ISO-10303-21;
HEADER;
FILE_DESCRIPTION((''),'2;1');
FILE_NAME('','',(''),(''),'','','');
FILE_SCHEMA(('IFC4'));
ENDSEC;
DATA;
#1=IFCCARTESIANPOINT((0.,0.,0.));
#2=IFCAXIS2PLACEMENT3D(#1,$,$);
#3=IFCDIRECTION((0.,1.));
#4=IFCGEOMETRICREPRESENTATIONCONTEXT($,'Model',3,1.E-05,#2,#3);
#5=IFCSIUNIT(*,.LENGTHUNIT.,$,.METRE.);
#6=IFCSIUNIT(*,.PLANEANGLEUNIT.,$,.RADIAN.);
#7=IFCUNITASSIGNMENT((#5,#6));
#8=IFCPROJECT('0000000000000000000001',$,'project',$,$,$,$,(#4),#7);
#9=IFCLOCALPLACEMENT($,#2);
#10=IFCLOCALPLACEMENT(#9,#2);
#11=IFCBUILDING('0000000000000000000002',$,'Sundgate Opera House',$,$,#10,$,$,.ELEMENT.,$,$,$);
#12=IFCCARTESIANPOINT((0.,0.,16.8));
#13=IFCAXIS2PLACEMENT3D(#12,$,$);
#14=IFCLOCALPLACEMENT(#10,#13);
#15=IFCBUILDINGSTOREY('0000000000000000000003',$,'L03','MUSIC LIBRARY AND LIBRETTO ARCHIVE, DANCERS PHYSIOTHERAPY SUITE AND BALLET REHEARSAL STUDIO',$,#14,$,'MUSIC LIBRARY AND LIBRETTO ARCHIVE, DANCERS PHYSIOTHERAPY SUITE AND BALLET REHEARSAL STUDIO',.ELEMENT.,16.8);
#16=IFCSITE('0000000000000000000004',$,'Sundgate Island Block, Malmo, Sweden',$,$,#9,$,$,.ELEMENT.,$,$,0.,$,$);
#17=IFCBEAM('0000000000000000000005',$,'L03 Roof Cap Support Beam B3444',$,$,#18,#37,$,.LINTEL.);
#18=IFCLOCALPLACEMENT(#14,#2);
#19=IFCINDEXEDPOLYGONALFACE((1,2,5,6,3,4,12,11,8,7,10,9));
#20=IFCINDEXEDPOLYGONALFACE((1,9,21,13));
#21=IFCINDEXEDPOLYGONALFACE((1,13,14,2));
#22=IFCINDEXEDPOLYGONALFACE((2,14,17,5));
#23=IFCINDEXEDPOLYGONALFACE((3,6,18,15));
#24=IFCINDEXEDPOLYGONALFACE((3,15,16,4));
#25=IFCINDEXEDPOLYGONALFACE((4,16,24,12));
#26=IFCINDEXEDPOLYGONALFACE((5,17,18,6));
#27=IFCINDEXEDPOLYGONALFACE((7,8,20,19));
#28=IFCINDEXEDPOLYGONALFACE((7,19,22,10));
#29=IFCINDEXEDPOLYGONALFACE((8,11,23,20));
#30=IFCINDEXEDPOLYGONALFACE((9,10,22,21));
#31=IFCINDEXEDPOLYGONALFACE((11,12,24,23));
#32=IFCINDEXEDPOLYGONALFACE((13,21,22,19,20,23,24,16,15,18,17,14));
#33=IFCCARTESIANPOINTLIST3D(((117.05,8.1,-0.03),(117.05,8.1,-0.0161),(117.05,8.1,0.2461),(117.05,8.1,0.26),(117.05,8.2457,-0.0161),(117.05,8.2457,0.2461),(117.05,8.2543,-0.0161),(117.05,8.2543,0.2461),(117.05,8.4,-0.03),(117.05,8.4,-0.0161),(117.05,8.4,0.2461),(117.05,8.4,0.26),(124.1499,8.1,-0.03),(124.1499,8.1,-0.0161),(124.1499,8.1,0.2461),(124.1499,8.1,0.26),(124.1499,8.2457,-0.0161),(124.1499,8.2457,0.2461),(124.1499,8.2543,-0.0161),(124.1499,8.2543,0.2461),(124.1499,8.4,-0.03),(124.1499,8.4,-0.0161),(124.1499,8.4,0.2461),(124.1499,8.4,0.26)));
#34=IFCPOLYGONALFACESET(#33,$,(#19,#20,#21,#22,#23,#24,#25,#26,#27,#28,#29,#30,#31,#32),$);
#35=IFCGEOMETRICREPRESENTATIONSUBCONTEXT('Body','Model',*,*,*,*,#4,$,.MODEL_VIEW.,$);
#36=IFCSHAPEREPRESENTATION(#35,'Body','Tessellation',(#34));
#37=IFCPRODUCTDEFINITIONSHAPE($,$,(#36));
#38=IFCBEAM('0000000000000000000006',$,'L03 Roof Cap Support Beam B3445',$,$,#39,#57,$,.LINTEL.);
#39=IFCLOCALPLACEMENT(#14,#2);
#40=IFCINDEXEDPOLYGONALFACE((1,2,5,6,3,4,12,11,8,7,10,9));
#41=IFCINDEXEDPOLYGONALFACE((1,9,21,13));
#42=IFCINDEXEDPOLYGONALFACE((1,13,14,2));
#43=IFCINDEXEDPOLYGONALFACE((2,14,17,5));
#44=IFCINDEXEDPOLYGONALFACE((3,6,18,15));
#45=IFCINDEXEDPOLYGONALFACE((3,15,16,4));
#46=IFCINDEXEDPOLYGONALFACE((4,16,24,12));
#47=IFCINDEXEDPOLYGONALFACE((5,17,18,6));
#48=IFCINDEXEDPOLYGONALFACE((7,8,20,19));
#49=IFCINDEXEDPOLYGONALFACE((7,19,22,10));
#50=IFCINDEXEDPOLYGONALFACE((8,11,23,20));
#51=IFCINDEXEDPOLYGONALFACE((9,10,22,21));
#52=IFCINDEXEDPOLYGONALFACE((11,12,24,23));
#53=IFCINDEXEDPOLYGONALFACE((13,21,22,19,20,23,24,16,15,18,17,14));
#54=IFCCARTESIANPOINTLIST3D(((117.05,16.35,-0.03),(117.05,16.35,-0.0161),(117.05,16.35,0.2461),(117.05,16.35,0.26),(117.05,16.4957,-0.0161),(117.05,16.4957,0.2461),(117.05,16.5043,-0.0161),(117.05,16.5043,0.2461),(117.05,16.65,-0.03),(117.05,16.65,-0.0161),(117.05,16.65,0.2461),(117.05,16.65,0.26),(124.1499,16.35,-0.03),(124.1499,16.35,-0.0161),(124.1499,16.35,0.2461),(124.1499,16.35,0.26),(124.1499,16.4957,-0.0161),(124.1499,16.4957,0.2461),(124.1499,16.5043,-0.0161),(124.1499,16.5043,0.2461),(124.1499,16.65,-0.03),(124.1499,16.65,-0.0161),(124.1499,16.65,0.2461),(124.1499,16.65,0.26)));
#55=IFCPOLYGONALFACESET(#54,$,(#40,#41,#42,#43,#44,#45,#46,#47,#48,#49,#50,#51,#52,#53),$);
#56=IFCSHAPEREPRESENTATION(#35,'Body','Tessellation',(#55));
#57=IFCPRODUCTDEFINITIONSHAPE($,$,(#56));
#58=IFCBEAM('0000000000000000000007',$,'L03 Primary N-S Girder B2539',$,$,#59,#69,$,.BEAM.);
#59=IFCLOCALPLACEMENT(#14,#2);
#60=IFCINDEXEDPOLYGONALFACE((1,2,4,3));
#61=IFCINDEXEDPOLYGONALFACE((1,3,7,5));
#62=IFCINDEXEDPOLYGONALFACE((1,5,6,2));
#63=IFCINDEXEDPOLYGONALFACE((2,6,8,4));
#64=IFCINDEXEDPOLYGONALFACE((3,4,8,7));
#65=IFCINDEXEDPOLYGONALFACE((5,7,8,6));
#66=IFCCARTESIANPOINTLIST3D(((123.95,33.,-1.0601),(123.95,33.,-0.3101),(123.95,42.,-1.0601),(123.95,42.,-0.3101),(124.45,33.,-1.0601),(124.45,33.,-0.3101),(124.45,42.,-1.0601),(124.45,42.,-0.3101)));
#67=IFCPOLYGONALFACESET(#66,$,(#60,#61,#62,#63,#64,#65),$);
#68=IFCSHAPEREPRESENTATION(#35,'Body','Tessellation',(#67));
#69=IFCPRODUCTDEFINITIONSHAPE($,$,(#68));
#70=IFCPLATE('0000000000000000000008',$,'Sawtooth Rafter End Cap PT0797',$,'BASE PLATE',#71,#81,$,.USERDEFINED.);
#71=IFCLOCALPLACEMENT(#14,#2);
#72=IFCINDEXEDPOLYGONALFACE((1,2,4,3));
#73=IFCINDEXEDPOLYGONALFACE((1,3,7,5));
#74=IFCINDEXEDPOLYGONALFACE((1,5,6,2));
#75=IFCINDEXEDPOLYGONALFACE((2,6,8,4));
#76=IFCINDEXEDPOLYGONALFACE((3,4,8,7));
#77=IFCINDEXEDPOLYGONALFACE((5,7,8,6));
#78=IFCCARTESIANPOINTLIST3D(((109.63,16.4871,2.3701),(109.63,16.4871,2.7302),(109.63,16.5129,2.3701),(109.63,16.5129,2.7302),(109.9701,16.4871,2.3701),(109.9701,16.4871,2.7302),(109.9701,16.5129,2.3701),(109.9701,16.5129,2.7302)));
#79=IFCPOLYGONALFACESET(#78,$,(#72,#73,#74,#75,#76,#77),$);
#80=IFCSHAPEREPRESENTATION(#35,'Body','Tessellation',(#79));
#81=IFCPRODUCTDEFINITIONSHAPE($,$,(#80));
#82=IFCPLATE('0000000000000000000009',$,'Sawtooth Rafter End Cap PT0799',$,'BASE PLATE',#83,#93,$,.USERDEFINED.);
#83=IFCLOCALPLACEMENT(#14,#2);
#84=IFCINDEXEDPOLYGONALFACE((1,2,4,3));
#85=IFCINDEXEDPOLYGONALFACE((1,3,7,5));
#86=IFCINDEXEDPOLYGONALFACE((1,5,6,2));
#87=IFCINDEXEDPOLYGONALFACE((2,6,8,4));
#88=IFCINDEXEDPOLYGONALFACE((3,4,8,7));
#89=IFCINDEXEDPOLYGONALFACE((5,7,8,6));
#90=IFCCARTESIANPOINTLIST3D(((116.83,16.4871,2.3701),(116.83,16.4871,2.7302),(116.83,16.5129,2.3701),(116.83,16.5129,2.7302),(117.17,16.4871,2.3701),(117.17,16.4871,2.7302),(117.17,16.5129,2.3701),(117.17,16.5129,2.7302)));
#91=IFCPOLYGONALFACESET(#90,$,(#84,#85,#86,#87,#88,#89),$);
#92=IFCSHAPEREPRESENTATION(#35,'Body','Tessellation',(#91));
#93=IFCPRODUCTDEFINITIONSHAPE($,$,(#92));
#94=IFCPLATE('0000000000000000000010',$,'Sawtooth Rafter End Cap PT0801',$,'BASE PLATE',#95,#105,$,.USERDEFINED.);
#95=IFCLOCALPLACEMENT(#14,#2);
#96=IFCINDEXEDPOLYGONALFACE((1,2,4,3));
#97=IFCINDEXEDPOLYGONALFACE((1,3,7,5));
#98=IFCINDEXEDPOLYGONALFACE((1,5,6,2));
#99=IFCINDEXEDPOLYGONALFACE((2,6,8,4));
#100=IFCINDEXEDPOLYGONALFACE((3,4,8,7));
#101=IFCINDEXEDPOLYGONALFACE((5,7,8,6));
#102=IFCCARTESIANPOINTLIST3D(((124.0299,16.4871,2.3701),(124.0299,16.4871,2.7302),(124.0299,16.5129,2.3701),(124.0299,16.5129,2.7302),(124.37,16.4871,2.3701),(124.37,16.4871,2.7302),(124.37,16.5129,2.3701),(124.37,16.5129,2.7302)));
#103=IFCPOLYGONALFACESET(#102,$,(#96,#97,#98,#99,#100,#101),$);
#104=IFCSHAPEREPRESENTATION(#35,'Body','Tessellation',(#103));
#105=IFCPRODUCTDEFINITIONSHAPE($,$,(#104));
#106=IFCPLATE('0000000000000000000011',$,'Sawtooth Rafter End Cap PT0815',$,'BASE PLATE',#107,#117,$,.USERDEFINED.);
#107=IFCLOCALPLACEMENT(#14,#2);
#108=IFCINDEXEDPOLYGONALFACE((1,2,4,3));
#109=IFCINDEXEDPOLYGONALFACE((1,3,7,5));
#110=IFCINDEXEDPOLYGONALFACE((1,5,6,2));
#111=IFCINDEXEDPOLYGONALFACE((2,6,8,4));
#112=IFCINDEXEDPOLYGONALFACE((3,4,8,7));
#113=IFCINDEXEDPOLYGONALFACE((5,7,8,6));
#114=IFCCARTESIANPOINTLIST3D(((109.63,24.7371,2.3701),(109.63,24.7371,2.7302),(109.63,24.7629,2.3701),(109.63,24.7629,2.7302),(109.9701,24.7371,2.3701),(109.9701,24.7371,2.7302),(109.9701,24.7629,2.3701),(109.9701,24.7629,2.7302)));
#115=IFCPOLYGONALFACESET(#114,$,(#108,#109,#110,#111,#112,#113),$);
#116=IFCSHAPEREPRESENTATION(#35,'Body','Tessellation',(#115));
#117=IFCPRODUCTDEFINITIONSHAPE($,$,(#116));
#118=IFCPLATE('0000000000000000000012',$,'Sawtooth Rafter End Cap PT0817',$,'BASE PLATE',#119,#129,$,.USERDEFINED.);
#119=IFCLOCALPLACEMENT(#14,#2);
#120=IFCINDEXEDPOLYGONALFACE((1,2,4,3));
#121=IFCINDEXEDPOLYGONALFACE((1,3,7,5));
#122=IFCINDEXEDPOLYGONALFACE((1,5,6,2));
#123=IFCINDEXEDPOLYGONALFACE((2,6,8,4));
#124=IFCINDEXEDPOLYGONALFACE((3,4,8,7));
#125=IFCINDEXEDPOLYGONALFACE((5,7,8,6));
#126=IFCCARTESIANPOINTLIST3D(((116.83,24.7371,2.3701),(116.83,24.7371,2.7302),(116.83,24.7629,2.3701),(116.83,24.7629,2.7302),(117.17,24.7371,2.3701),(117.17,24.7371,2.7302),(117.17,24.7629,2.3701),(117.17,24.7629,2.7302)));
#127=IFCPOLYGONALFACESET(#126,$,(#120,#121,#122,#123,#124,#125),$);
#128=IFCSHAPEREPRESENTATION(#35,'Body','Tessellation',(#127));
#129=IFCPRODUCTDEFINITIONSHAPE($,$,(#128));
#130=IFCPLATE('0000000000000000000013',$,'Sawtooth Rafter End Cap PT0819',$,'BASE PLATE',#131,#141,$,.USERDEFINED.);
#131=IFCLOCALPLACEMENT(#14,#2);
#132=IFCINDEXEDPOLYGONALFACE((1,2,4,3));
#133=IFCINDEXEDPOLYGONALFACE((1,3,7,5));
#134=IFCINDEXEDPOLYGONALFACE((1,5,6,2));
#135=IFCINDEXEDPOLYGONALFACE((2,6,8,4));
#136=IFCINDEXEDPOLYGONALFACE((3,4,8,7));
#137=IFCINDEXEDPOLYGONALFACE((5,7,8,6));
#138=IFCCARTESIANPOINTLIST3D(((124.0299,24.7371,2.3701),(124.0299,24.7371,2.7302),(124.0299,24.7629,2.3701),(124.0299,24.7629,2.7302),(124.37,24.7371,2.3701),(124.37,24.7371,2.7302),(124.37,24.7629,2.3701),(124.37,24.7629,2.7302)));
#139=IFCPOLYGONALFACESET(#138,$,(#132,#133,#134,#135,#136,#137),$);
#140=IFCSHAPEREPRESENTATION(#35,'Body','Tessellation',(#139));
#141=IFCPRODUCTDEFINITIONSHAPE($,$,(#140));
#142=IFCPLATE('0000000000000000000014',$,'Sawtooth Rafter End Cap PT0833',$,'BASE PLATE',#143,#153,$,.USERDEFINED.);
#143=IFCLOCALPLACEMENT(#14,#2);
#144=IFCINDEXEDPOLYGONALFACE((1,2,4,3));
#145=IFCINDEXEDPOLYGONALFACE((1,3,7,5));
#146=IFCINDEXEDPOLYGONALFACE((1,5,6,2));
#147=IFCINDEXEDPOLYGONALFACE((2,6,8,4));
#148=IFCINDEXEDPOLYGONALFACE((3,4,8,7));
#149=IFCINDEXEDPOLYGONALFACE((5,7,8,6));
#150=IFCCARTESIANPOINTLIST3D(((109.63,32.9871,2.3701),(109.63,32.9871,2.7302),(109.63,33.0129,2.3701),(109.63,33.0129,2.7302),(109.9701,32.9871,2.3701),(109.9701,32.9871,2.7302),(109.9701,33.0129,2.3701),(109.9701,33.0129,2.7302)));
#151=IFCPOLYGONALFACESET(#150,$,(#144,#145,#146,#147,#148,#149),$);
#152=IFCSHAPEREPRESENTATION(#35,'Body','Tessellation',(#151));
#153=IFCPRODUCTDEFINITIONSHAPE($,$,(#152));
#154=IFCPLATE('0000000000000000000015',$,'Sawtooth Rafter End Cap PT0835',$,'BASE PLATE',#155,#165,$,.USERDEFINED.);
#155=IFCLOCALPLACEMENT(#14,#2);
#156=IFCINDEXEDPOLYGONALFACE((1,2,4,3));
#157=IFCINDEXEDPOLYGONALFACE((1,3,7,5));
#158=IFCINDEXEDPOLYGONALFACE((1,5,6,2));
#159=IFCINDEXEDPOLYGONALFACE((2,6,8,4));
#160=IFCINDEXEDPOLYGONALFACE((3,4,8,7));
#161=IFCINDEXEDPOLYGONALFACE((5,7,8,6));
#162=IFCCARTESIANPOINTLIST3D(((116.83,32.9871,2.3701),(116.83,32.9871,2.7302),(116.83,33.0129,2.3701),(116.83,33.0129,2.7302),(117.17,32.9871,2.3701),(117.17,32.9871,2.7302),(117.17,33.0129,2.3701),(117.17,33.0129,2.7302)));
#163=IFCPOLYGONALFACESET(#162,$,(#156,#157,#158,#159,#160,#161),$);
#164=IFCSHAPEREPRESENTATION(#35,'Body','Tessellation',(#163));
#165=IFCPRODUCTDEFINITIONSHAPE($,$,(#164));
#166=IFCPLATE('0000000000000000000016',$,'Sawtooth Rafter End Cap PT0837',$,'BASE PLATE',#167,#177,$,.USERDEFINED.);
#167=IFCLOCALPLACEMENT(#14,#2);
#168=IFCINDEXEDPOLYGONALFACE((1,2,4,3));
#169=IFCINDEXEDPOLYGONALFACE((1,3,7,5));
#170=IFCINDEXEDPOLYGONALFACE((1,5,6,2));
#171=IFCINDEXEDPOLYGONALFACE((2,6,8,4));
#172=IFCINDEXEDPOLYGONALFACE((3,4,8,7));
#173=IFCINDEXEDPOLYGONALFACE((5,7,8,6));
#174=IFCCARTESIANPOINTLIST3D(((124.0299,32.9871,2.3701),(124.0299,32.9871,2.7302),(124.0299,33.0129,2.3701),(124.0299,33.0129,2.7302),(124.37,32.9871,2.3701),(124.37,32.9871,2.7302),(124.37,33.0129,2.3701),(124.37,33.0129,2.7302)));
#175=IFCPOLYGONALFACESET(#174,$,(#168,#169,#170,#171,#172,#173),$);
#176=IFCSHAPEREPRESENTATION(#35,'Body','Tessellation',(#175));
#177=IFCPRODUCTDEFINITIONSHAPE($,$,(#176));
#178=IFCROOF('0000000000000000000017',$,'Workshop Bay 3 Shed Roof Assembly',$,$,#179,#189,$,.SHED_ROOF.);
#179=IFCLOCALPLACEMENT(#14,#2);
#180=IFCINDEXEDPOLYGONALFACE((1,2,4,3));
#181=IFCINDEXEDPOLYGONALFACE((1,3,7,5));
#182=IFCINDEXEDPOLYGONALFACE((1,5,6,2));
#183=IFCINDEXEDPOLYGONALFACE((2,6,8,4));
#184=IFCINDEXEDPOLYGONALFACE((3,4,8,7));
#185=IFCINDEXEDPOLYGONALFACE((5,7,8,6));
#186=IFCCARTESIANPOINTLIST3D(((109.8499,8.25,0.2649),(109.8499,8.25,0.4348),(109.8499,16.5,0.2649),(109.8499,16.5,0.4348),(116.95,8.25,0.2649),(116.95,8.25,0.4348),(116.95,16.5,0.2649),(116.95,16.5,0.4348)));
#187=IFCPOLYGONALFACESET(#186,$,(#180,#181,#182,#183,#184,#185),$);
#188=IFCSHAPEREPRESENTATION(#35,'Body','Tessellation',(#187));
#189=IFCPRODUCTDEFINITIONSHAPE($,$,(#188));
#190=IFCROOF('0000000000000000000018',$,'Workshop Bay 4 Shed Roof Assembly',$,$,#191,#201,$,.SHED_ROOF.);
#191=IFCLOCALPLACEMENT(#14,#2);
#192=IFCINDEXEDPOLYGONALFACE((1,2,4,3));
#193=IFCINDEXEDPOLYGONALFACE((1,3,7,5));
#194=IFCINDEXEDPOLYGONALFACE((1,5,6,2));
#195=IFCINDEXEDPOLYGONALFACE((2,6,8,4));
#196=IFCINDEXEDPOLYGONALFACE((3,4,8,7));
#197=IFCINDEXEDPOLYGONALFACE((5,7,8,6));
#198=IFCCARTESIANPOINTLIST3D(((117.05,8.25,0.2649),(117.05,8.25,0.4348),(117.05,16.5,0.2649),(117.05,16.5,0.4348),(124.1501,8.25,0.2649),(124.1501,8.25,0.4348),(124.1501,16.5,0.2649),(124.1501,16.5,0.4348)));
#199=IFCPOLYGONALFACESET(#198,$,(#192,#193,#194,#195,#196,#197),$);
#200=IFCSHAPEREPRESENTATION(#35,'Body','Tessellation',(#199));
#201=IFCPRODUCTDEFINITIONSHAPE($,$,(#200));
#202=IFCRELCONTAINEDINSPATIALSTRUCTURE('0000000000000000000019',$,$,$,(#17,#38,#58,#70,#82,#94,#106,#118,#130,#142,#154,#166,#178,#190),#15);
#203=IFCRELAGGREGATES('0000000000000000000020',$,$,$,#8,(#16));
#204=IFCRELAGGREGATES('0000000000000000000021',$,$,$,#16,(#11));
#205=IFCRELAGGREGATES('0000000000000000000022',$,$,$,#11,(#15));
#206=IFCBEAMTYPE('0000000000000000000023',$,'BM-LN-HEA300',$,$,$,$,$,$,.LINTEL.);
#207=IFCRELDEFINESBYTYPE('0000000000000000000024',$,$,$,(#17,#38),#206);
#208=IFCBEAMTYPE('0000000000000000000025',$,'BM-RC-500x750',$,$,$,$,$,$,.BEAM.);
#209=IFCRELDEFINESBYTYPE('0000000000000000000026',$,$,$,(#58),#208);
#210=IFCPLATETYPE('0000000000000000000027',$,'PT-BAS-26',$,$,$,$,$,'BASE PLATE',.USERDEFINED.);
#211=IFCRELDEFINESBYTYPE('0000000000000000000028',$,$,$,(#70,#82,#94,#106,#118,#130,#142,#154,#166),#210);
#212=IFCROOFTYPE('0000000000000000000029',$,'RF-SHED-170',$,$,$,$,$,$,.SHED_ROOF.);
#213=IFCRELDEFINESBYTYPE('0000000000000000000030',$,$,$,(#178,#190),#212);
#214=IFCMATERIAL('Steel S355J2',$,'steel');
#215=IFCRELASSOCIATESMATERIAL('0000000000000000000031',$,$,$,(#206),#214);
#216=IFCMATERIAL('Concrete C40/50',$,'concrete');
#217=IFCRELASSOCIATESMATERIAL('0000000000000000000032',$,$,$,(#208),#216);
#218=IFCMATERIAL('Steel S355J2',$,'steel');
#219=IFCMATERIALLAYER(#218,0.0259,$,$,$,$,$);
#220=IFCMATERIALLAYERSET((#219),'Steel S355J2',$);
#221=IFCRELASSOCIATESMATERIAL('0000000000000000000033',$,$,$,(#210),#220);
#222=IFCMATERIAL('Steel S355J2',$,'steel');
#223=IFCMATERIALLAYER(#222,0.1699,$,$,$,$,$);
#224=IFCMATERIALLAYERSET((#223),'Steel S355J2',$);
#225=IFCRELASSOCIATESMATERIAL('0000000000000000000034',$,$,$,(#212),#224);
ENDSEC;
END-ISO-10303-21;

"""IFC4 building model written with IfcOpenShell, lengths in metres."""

from ifc_helpers import new_model, si_unit, direction, frame, origin, origin_2d, place, context, subcontext, project, spatial, rectangle, i_section, extrude, material, layer, layer_set, material_profile, profile_set, type_object, element, save


model = new_model("IFC4")

# Units and contexts
model_context = context("Model", 3, precision=1e-05, world=origin(), true_north=direction((0.0, 1.0)))
body_context = subcontext(model_context, "Body", "Model", "MODEL_VIEW")
ifc_project = project(units=[si_unit("LENGTHUNIT", "METRE"), si_unit("PLANEANGLEUNIT", "RADIAN")], contexts=[model_context])

# Site, building, storey
site_placement = place(None, origin())
site = spatial("IfcSite", under=ifc_project, at=site_placement, Name="Sundgate Island Block, Malmo, Sweden", CompositionType="ELEMENT", RefElevation=0.0)
building_placement = place(site_placement, origin())
building = spatial("IfcBuilding", under=site, at=building_placement, Name="Sundgate Opera House", CompositionType="ELEMENT")
storey_placement = place(building_placement, frame((0.0, 0.0, 16.8)))
storey = spatial("IfcBuildingStorey", under=building, at=storey_placement, Name="L03", Description="MUSIC LIBRARY AND LIBRETTO ARCHIVE, DANCERS PHYSIOTHERAPY SUITE AND BALLET REHEARSAL STUDIO", LongName="MUSIC LIBRARY AND LIBRETTO ARCHIVE, DANCERS PHYSIOTHERAPY SUITE AND BALLET REHEARSAL STUDIO", CompositionType="ELEMENT", Elevation=16.8)

# Beams
ifc_material_1 = material(Name="Steel S355J2", Category="steel")
ifc_material_profile_1 = material_profile(ifc_material_1, i_section(OverallWidth=0.3, OverallDepth=0.29, WebThickness=0.0085, FlangeThickness=0.0139, at=origin_2d()), Name="HEA 300")
ifc_profile_set_1 = profile_set([ifc_material_profile_1], Name="Steel S355J2")
beam_type_1 = type_object("IfcBeamType", Name="BM-LN-HEA300", PredefinedType="LINTEL", material=ifc_profile_set_1)
for number, where, z_axis, x_axis, name in (
    (1, (117.05, 8.25, 0.115), (1.0, 0.0, 0.0), (0.0, 1.0, 0.0), "L03 Roof Cap Support Beam B3444"),
    (2, (117.05, 16.5, 0.115), (1.0, 0.0, 0.0), (0.0, 1.0, 0.0), "L03 Roof Cap Support Beam B3445"),
):
    element("IfcBeam", number, at=place(storey_placement, frame(where, z_axis=z_axis, x_axis=x_axis)), inside=storey, type_object=beam_type_1, Name=name, PredefinedType="LINTEL", context=body_context, shape_type="SweptSolid", body=[
        extrude(i_section(OverallWidth=0.3, OverallDepth=0.29, WebThickness=0.0085, FlangeThickness=0.0139, at=origin_2d()), origin(), (0.0, 0.0, 1.0), 7.0999),
    ])
ifc_material_2 = material(Name="Concrete C40/50", Category="concrete")
ifc_material_profile_2 = material_profile(ifc_material_2, rectangle(XDim=0.5, YDim=0.75, at=origin_2d()), Name="RC 500x750")
ifc_profile_set_2 = profile_set([ifc_material_profile_2], Name="Concrete C40/50")
beam_type_2 = type_object("IfcBeamType", Name="BM-RC-500x750", PredefinedType="BEAM", material=ifc_profile_set_2)
beam_1_placement = place(storey_placement, frame((124.2, 33.0, -0.6851), z_axis=(0.0, 1.0, 0.0), x_axis=(-1.0, 0.0, 0.0)))
element("IfcBeam", 3, at=beam_1_placement, inside=storey, type_object=beam_type_2, Name="L03 Primary N-S Girder B2539", PredefinedType="BEAM", context=body_context, shape_type="SweptSolid", body=[
    extrude(rectangle(XDim=0.5, YDim=0.75, at=origin_2d()), origin(), (0.0, 0.0, 1.0), 9.0),
])

# Plates
ifc_material_3 = material(Name="Steel S355J2", Category="steel")
ifc_layer_1 = layer(ifc_material_3, 0.0259)
ifc_layer_set_1 = layer_set([ifc_layer_1], Name="Steel S355J2")
plate_type = type_object("IfcPlateType", Name="PT-BAS-26", ElementType="BASE PLATE", PredefinedType="USERDEFINED", material=ifc_layer_set_1)
for number, where, z_axis, x_axis, name in (
    (4, (109.8, 16.5, 2.3701), (0.0, 0.0, 1.0), (1.0, 0.0, 0.0), "Sawtooth Rafter End Cap PT0797"),
    (5, (117.0, 16.5, 2.3701), (0.0, 0.0, 1.0), (1.0, 0.0, 0.0), "Sawtooth Rafter End Cap PT0799"),
    (6, (124.2, 16.5, 2.3701), (0.0, 0.0, 1.0), (1.0, 0.0, 0.0), "Sawtooth Rafter End Cap PT0801"),
    (7, (109.8, 24.75, 2.3701), (0.0, 0.0, 1.0), (1.0, 0.0, 0.0), "Sawtooth Rafter End Cap PT0815"),
    (8, (117.0, 24.75, 2.3701), (0.0, 0.0, 1.0), (1.0, 0.0, 0.0), "Sawtooth Rafter End Cap PT0817"),
    (9, (124.2, 24.75, 2.3701), (0.0, 0.0, 1.0), (1.0, 0.0, 0.0), "Sawtooth Rafter End Cap PT0819"),
    (10, (109.8, 33.0, 2.3701), (0.0, 0.0, 1.0), (1.0, 0.0, 0.0), "Sawtooth Rafter End Cap PT0833"),
    (11, (117.0, 33.0, 2.3701), (0.0, 0.0, 1.0), (1.0, 0.0, 0.0), "Sawtooth Rafter End Cap PT0835"),
    (12, (124.2, 33.0, 2.3701), (0.0, 0.0, 1.0), (1.0, 0.0, 0.0), "Sawtooth Rafter End Cap PT0837"),
):
    element("IfcPlate", number, at=place(storey_placement, frame(where, z_axis=z_axis, x_axis=x_axis)), inside=storey, type_object=plate_type, Name=name, ObjectType="BASE PLATE", PredefinedType="USERDEFINED", context=body_context, shape_type="SweptSolid", body=[
        extrude(rectangle(XDim=0.3401, YDim=0.0259, at=origin_2d()), origin(), (0.0, 0.0, 1.0), 0.3601),
    ])

# Roofs
ifc_material_4 = material(Name="Steel S355J2", Category="steel")
ifc_layer_2 = layer(ifc_material_4, 0.1699)
ifc_layer_set_2 = layer_set([ifc_layer_2], Name="Steel S355J2")
roof_type = type_object("IfcRoofType", Name="RF-SHED-170", PredefinedType="SHED_ROOF", material=ifc_layer_set_2)
for number, where, z_axis, x_axis, name in (
    (13, (113.3999, 12.375, 0.2649), (0.0, 0.0, 1.0), (1.0, 0.0, 0.0), "Workshop Bay 3 Shed Roof Assembly"),
    (14, (120.6001, 12.375, 0.2649), (0.0, 0.0, 1.0), (1.0, 0.0, 0.0), "Workshop Bay 4 Shed Roof Assembly"),
):
    element("IfcRoof", number, at=place(storey_placement, frame(where, z_axis=z_axis, x_axis=x_axis)), inside=storey, type_object=roof_type, Name=name, PredefinedType="SHED_ROOF", context=body_context, shape_type="SweptSolid", body=[
        extrude(rectangle(XDim=7.1001, YDim=8.25, at=origin_2d()), origin(), (0.0, 0.0, 1.0), 0.1699),
    ])

save(model, "model.ifc")
